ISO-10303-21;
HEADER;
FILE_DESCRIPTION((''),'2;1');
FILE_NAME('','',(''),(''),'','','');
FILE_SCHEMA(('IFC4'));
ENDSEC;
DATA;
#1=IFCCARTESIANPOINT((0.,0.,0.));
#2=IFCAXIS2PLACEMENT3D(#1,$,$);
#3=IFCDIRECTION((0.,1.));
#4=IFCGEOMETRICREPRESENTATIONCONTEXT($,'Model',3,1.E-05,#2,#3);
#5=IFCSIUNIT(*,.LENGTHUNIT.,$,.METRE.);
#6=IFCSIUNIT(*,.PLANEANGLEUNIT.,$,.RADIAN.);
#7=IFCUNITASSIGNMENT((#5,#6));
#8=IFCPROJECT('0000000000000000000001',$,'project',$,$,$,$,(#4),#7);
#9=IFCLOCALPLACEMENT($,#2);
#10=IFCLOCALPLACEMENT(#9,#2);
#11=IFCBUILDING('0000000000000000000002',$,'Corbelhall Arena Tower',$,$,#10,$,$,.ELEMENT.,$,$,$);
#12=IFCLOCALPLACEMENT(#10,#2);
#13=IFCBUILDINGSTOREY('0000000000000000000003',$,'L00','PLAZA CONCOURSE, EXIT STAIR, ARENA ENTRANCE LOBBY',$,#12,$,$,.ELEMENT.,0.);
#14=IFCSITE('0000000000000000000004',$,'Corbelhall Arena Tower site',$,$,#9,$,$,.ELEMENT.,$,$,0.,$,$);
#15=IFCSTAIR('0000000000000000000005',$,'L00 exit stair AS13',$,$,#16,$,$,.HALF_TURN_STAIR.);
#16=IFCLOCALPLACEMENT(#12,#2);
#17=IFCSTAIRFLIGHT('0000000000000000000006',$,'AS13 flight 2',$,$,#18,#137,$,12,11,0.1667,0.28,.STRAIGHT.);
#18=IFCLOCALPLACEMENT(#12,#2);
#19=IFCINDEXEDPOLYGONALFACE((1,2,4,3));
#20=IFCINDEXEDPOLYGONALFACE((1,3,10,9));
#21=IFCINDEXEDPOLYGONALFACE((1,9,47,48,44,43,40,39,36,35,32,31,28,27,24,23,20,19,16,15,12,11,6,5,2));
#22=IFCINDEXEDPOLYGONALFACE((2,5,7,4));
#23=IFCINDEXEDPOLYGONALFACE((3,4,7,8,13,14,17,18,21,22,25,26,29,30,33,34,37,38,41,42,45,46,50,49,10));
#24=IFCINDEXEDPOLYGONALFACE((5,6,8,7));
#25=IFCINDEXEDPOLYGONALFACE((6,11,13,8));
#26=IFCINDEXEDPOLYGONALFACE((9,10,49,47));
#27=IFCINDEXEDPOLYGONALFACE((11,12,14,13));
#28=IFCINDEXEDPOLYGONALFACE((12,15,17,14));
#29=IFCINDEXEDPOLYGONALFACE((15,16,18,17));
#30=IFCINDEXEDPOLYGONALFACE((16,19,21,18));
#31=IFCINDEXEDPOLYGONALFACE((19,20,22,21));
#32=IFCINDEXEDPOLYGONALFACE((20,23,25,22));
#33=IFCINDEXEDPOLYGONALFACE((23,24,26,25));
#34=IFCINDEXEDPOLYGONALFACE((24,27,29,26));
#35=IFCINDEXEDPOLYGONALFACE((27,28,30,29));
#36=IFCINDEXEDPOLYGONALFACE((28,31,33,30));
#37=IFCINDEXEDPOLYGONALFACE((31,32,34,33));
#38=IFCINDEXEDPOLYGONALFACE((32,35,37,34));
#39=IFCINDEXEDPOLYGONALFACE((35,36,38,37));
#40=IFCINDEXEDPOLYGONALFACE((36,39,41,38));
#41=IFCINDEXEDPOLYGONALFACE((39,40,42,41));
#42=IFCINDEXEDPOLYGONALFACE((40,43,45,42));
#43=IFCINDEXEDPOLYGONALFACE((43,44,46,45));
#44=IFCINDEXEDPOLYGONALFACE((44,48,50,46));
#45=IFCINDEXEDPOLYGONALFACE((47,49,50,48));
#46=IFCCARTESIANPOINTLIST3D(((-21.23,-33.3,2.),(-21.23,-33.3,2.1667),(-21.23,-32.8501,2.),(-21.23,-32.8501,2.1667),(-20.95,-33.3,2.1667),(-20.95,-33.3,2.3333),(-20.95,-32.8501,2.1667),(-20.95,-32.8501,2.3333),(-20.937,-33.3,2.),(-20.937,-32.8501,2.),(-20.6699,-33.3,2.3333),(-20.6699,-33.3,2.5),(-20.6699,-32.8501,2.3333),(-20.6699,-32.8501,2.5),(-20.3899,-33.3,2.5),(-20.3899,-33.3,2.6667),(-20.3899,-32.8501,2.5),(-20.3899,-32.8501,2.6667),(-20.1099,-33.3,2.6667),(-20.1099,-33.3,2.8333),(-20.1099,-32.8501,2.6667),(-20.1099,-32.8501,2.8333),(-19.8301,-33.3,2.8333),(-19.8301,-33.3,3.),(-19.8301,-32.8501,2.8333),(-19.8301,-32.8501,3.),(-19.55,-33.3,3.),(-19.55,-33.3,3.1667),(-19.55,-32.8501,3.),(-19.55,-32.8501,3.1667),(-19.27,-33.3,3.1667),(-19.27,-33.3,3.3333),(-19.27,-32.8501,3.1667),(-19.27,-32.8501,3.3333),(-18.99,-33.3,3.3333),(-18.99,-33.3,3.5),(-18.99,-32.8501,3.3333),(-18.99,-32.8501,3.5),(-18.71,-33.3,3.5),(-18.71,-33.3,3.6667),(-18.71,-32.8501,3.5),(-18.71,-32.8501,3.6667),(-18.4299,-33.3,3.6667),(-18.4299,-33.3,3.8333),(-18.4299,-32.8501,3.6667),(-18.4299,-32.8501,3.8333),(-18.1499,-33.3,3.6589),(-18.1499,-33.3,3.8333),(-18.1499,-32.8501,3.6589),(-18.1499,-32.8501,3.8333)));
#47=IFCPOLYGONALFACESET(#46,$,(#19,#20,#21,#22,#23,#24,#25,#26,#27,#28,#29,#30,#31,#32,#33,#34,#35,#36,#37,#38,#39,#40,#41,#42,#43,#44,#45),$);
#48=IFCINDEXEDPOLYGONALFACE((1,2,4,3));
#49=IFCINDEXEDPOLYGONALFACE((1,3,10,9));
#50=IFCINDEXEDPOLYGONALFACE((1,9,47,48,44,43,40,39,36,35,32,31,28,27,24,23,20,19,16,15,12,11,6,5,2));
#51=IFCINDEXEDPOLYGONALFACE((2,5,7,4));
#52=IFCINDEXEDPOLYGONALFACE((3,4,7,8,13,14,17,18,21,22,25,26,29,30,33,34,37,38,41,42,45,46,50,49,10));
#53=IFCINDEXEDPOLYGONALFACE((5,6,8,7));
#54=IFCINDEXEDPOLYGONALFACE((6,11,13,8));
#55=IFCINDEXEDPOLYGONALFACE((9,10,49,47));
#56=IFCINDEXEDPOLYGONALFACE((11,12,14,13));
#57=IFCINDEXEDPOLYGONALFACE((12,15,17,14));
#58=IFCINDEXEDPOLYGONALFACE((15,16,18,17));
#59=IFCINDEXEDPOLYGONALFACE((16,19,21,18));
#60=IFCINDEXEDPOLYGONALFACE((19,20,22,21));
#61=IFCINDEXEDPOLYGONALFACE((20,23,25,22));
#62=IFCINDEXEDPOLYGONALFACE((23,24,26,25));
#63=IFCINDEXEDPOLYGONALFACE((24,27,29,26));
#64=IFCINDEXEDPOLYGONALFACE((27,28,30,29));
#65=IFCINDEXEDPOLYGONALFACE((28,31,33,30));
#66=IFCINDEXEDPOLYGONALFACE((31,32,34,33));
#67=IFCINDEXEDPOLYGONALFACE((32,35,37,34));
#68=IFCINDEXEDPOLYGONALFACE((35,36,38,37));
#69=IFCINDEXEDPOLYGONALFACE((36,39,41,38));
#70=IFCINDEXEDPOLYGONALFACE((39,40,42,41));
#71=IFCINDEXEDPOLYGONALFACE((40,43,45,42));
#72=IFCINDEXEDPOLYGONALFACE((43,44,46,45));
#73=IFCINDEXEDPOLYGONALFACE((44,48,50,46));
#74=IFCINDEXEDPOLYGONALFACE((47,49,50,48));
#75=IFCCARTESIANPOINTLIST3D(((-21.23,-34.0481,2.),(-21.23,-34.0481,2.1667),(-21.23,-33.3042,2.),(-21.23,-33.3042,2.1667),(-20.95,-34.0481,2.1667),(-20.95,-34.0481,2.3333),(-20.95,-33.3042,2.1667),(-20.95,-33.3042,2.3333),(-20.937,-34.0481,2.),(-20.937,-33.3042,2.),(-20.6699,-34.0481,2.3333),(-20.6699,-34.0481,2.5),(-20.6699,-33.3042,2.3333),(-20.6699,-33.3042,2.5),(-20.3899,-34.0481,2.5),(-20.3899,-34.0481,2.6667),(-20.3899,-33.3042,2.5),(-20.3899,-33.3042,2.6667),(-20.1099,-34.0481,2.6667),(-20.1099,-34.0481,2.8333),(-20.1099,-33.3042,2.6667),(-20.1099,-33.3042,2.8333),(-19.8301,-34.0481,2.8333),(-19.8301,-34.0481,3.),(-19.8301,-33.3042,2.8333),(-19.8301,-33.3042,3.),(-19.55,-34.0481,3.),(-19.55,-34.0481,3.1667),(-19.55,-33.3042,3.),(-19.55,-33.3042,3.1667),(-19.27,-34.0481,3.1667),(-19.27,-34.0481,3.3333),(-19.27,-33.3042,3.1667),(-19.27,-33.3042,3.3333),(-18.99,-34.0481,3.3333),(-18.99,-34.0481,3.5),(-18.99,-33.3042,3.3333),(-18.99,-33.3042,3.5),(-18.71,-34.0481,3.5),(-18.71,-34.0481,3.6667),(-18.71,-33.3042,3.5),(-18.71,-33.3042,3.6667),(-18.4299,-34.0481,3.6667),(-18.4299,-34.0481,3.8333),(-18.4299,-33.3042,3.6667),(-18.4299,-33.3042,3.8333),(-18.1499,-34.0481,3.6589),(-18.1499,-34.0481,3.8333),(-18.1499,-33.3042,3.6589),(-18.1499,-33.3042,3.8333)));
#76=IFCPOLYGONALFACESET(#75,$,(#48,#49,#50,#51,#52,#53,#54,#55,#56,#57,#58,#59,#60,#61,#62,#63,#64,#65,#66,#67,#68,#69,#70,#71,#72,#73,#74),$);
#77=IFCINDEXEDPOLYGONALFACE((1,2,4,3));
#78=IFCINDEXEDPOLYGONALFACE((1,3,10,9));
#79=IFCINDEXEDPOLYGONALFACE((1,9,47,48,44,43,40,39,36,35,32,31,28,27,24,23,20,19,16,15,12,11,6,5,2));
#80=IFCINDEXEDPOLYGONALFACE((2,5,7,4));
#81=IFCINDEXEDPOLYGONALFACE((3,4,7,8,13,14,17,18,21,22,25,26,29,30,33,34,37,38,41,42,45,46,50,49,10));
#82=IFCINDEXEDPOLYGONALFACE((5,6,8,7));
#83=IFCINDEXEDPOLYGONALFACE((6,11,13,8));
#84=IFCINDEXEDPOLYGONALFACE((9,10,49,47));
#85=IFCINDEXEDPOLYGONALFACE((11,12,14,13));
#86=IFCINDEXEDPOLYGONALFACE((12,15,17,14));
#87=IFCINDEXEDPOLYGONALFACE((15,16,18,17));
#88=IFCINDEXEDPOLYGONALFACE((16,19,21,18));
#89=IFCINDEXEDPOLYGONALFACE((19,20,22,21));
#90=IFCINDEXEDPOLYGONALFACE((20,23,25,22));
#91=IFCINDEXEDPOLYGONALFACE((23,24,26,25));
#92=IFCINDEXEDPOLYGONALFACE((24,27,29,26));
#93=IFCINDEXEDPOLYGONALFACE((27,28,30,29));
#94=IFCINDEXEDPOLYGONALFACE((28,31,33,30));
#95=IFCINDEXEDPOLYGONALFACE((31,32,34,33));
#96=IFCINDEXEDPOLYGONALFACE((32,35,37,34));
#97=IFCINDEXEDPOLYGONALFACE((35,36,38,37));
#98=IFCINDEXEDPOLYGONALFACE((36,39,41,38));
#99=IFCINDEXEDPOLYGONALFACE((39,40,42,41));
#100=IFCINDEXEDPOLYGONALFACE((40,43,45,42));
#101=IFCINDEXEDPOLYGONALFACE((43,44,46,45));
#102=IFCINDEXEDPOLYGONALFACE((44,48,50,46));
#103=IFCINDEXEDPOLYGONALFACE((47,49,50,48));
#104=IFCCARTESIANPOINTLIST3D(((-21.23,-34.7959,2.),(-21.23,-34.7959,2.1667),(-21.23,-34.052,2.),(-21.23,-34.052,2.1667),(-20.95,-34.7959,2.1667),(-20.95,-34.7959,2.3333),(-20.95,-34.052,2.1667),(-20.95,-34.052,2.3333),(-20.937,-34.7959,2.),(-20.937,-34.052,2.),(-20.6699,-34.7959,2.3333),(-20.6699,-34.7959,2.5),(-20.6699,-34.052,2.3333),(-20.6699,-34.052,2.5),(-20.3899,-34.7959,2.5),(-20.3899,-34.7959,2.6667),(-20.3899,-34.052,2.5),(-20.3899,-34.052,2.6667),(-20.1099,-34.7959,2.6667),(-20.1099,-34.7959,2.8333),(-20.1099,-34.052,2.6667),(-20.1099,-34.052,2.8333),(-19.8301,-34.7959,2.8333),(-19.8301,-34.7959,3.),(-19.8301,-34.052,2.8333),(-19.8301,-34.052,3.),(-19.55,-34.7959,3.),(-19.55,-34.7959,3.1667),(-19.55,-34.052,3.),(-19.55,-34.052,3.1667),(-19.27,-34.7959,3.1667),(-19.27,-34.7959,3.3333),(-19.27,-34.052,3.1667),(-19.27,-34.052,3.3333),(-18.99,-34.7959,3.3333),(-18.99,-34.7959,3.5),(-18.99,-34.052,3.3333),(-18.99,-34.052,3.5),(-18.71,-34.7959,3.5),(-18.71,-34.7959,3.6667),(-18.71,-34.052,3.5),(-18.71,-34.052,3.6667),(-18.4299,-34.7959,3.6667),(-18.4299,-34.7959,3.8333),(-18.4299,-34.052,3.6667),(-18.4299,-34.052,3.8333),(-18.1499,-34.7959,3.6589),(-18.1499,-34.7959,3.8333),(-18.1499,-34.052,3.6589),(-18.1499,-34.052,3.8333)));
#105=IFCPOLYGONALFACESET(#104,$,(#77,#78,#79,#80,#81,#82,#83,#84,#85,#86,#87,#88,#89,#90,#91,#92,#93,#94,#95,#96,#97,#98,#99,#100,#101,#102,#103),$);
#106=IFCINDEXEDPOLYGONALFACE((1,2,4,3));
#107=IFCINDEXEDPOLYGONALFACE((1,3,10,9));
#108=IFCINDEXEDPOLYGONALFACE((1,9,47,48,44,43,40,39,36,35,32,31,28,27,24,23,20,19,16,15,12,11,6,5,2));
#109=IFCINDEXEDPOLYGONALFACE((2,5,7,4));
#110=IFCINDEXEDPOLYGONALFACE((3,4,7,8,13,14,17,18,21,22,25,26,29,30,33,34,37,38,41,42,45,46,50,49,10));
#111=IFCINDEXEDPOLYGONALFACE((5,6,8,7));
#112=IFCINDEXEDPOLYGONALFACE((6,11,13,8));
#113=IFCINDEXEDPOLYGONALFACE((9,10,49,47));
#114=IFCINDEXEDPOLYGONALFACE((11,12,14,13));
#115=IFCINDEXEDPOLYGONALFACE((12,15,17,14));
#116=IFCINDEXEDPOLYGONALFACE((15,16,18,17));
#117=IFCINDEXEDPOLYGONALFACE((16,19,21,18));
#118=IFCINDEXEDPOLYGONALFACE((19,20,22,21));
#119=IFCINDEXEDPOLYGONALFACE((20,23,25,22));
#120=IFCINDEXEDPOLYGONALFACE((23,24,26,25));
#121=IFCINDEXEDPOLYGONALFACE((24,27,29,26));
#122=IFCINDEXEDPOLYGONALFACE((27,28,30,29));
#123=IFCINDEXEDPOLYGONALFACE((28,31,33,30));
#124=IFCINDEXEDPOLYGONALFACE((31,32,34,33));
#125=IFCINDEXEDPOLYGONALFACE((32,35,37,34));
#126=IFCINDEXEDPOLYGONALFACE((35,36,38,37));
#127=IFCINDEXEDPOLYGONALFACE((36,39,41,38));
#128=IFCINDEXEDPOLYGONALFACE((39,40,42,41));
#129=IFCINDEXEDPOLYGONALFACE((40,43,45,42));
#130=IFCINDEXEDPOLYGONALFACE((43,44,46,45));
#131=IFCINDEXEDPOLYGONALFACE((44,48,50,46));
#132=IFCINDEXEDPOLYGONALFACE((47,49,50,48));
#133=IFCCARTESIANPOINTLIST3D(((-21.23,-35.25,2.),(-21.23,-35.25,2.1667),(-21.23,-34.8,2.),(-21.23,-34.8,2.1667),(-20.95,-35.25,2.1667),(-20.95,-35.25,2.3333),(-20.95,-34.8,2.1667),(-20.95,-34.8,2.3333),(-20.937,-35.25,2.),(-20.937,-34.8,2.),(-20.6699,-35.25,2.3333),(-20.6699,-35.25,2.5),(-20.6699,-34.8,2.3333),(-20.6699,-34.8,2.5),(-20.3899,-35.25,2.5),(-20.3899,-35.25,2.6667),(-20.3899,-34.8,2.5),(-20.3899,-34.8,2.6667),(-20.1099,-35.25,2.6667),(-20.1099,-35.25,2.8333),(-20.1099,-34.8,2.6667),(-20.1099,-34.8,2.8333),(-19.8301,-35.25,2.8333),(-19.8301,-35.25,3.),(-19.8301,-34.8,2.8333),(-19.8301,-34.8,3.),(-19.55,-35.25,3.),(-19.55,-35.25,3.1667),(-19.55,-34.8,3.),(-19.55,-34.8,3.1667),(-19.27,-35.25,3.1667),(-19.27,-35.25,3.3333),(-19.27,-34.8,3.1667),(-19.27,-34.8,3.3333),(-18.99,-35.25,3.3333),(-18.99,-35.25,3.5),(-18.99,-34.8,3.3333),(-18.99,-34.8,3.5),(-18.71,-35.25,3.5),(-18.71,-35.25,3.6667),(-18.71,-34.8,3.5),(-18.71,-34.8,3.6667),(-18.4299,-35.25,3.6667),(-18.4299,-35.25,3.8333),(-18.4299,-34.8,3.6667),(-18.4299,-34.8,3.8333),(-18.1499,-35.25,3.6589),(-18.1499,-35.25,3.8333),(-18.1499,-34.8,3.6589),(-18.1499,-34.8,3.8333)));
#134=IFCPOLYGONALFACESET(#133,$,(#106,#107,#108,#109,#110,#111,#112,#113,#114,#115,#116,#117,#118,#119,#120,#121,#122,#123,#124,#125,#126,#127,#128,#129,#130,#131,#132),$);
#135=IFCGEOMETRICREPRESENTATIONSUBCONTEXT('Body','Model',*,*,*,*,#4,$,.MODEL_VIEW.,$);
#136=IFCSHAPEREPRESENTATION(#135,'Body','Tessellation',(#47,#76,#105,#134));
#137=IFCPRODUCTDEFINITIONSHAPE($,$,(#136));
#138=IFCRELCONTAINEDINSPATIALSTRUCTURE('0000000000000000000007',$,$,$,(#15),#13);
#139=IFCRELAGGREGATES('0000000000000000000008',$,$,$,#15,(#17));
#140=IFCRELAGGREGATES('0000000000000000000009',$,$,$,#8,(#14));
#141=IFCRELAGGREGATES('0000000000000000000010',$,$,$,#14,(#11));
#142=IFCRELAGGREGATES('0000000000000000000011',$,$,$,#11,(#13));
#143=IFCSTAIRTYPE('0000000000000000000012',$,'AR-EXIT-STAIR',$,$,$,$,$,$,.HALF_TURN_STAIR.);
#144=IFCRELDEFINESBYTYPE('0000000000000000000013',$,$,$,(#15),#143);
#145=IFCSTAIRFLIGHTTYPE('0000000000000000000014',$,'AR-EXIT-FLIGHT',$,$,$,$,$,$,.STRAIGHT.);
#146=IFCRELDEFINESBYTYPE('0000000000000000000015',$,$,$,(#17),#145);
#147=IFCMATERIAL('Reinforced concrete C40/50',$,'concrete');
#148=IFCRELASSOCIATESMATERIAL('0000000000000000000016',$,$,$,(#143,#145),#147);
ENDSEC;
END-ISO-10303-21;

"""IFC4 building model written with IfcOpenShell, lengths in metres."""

from ifc_helpers import new_model, si_unit, direction, frame, origin, place, context, subcontext, project, spatial, polyline, outline, extrude, material, type_object, element, aggregate, save


model = new_model("IFC4")

# Units and contexts
model_context = context("Model", 3, precision=1e-05, world=origin(), true_north=direction((0.0, 1.0)))
body_context = subcontext(model_context, "Body", "Model", "MODEL_VIEW")
ifc_project = project(units=[si_unit("LENGTHUNIT", "METRE"), si_unit("PLANEANGLEUNIT", "RADIAN")], contexts=[model_context])

# Site, building, storey
site_placement = place(None, origin())
site = spatial("IfcSite", under=ifc_project, at=site_placement, Name="Corbelhall Arena Tower site", CompositionType="ELEMENT", RefElevation=0.0)
building_placement = place(site_placement, origin())
building = spatial("IfcBuilding", under=site, at=building_placement, Name="Corbelhall Arena Tower", CompositionType="ELEMENT")
storey_placement = place(building_placement, origin())
storey = spatial("IfcBuildingStorey", under=building, at=storey_placement, Name="L00", Description="PLAZA CONCOURSE, EXIT STAIR, ARENA ENTRANCE LOBBY", CompositionType="ELEMENT", Elevation=0.0)

# Shared definitions
ifc_material_1 = material(Name="Reinforced concrete C40/50", Category="concrete")

# Stair, stair flight
stair_type = type_object("IfcStairType", Name="AR-EXIT-STAIR", PredefinedType="HALF_TURN_STAIR", material=ifc_material_1)
stair_placement = place(storey_placement, origin())
stair = element("IfcStair", 1, at=stair_placement, inside=storey, type_object=stair_type, Name="L00 exit stair AS13", PredefinedType="HALF_TURN_STAIR")
stair_flight_type = type_object("IfcStairFlightType", Name="AR-EXIT-FLIGHT", PredefinedType="STRAIGHT", material=ifc_material_1)
stair_flight_1_placement = place(storey_placement, frame((-21.23, -34.05, 2.0), z_axis=(0.0, 0.0, 1.0), x_axis=(1.0, 0.0, 0.0)))
stair_flight_1 = element("IfcStairFlight", 2, at=stair_flight_1_placement, type_object=stair_flight_type, Name="AS13 flight 2", NumberOfRisers=12, NumberOfTreads=11, PredefinedType="STRAIGHT", RiserHeight=0.1667, TreadLength=0.28, context=body_context, shape_type="SweptSolid", body=[
    extrude(outline(polyline([(0.0, 0.0), (0.0, 0.1667), (0.28, 0.1667), (0.28, 0.3333), (0.5601, 0.3333), (0.5601, 0.5), (0.8401, 0.5), (0.8401, 0.6667), (1.1201, 0.6667), (1.1201, 0.8333), (1.3999, 0.8333), (1.3999, 1.0), (1.6799, 1.0), (1.6799, 1.1667), (1.96, 1.1667), (1.96, 1.3333), (2.24, 1.3333), (2.24, 1.5), (2.52, 1.5), (2.52, 1.6667), (2.8, 1.6667), (2.8, 1.8333), (3.0801, 1.8333), (3.0801, 2.0), (3.0801, 1.6589), (0.293, 0.0), (0.0, 0.0)])), frame((0.0, 1.2, 0.0), z_axis=(0.0, -1.0, 0.0), x_axis=(1.0, 0.0, 0.0)), (0.0, 0.0, 1.0), 0.45),
    extrude(outline(polyline([(0.0, 0.0), (0.0, 0.1667), (0.28, 0.1667), (0.28, 0.3333), (0.5601, 0.3333), (0.5601, 0.5), (0.8401, 0.5), (0.8401, 0.6667), (1.1201, 0.6667), (1.1201, 0.8333), (1.3999, 0.8333), (1.3999, 1.0), (1.6799, 1.0), (1.6799, 1.1667), (1.96, 1.1667), (1.96, 1.3333), (2.24, 1.3333), (2.24, 1.5), (2.52, 1.5), (2.52, 1.6667), (2.8, 1.6667), (2.8, 1.8333), (3.0801, 1.8333), (3.0801, 2.0), (3.0801, 1.6589), (0.293, 0.0), (0.0, 0.0)])), frame((0.0, 0.7458, 0.0), z_axis=(0.0, -1.0, 0.0), x_axis=(1.0, 0.0, 0.0)), (0.0, 0.0, 1.0), 0.7439),
    extrude(outline(polyline([(0.0, 0.0), (0.0, 0.1667), (0.28, 0.1667), (0.28, 0.3333), (0.5601, 0.3333), (0.5601, 0.5), (0.8401, 0.5), (0.8401, 0.6667), (1.1201, 0.6667), (1.1201, 0.8333), (1.3999, 0.8333), (1.3999, 1.0), (1.6799, 1.0), (1.6799, 1.1667), (1.96, 1.1667), (1.96, 1.3333), (2.24, 1.3333), (2.24, 1.5), (2.52, 1.5), (2.52, 1.6667), (2.8, 1.6667), (2.8, 1.8333), (3.0801, 1.8333), (3.0801, 2.0), (3.0801, 1.6589), (0.293, 0.0), (0.0, 0.0)])), frame((0.0, -0.002, 0.0), z_axis=(0.0, -1.0, 0.0), x_axis=(1.0, 0.0, 0.0)), (0.0, 0.0, 1.0), 0.7439),
    extrude(outline(polyline([(0.0, 0.0), (0.0, 0.1667), (0.28, 0.1667), (0.28, 0.3333), (0.5601, 0.3333), (0.5601, 0.5), (0.8401, 0.5), (0.8401, 0.6667), (1.1201, 0.6667), (1.1201, 0.8333), (1.3999, 0.8333), (1.3999, 1.0), (1.6799, 1.0), (1.6799, 1.1667), (1.96, 1.1667), (1.96, 1.3333), (2.24, 1.3333), (2.24, 1.5), (2.52, 1.5), (2.52, 1.6667), (2.8, 1.6667), (2.8, 1.8333), (3.0801, 1.8333), (3.0801, 2.0), (3.0801, 1.6589), (0.293, 0.0), (0.0, 0.0)])), frame((0.0, -0.75, 0.0), z_axis=(0.0, -1.0, 0.0), x_axis=(1.0, 0.0, 0.0)), (0.0, 0.0, 1.0), 0.45),
])
aggregate(stair, [stair_flight_1])

save(model, "model.ifc")
